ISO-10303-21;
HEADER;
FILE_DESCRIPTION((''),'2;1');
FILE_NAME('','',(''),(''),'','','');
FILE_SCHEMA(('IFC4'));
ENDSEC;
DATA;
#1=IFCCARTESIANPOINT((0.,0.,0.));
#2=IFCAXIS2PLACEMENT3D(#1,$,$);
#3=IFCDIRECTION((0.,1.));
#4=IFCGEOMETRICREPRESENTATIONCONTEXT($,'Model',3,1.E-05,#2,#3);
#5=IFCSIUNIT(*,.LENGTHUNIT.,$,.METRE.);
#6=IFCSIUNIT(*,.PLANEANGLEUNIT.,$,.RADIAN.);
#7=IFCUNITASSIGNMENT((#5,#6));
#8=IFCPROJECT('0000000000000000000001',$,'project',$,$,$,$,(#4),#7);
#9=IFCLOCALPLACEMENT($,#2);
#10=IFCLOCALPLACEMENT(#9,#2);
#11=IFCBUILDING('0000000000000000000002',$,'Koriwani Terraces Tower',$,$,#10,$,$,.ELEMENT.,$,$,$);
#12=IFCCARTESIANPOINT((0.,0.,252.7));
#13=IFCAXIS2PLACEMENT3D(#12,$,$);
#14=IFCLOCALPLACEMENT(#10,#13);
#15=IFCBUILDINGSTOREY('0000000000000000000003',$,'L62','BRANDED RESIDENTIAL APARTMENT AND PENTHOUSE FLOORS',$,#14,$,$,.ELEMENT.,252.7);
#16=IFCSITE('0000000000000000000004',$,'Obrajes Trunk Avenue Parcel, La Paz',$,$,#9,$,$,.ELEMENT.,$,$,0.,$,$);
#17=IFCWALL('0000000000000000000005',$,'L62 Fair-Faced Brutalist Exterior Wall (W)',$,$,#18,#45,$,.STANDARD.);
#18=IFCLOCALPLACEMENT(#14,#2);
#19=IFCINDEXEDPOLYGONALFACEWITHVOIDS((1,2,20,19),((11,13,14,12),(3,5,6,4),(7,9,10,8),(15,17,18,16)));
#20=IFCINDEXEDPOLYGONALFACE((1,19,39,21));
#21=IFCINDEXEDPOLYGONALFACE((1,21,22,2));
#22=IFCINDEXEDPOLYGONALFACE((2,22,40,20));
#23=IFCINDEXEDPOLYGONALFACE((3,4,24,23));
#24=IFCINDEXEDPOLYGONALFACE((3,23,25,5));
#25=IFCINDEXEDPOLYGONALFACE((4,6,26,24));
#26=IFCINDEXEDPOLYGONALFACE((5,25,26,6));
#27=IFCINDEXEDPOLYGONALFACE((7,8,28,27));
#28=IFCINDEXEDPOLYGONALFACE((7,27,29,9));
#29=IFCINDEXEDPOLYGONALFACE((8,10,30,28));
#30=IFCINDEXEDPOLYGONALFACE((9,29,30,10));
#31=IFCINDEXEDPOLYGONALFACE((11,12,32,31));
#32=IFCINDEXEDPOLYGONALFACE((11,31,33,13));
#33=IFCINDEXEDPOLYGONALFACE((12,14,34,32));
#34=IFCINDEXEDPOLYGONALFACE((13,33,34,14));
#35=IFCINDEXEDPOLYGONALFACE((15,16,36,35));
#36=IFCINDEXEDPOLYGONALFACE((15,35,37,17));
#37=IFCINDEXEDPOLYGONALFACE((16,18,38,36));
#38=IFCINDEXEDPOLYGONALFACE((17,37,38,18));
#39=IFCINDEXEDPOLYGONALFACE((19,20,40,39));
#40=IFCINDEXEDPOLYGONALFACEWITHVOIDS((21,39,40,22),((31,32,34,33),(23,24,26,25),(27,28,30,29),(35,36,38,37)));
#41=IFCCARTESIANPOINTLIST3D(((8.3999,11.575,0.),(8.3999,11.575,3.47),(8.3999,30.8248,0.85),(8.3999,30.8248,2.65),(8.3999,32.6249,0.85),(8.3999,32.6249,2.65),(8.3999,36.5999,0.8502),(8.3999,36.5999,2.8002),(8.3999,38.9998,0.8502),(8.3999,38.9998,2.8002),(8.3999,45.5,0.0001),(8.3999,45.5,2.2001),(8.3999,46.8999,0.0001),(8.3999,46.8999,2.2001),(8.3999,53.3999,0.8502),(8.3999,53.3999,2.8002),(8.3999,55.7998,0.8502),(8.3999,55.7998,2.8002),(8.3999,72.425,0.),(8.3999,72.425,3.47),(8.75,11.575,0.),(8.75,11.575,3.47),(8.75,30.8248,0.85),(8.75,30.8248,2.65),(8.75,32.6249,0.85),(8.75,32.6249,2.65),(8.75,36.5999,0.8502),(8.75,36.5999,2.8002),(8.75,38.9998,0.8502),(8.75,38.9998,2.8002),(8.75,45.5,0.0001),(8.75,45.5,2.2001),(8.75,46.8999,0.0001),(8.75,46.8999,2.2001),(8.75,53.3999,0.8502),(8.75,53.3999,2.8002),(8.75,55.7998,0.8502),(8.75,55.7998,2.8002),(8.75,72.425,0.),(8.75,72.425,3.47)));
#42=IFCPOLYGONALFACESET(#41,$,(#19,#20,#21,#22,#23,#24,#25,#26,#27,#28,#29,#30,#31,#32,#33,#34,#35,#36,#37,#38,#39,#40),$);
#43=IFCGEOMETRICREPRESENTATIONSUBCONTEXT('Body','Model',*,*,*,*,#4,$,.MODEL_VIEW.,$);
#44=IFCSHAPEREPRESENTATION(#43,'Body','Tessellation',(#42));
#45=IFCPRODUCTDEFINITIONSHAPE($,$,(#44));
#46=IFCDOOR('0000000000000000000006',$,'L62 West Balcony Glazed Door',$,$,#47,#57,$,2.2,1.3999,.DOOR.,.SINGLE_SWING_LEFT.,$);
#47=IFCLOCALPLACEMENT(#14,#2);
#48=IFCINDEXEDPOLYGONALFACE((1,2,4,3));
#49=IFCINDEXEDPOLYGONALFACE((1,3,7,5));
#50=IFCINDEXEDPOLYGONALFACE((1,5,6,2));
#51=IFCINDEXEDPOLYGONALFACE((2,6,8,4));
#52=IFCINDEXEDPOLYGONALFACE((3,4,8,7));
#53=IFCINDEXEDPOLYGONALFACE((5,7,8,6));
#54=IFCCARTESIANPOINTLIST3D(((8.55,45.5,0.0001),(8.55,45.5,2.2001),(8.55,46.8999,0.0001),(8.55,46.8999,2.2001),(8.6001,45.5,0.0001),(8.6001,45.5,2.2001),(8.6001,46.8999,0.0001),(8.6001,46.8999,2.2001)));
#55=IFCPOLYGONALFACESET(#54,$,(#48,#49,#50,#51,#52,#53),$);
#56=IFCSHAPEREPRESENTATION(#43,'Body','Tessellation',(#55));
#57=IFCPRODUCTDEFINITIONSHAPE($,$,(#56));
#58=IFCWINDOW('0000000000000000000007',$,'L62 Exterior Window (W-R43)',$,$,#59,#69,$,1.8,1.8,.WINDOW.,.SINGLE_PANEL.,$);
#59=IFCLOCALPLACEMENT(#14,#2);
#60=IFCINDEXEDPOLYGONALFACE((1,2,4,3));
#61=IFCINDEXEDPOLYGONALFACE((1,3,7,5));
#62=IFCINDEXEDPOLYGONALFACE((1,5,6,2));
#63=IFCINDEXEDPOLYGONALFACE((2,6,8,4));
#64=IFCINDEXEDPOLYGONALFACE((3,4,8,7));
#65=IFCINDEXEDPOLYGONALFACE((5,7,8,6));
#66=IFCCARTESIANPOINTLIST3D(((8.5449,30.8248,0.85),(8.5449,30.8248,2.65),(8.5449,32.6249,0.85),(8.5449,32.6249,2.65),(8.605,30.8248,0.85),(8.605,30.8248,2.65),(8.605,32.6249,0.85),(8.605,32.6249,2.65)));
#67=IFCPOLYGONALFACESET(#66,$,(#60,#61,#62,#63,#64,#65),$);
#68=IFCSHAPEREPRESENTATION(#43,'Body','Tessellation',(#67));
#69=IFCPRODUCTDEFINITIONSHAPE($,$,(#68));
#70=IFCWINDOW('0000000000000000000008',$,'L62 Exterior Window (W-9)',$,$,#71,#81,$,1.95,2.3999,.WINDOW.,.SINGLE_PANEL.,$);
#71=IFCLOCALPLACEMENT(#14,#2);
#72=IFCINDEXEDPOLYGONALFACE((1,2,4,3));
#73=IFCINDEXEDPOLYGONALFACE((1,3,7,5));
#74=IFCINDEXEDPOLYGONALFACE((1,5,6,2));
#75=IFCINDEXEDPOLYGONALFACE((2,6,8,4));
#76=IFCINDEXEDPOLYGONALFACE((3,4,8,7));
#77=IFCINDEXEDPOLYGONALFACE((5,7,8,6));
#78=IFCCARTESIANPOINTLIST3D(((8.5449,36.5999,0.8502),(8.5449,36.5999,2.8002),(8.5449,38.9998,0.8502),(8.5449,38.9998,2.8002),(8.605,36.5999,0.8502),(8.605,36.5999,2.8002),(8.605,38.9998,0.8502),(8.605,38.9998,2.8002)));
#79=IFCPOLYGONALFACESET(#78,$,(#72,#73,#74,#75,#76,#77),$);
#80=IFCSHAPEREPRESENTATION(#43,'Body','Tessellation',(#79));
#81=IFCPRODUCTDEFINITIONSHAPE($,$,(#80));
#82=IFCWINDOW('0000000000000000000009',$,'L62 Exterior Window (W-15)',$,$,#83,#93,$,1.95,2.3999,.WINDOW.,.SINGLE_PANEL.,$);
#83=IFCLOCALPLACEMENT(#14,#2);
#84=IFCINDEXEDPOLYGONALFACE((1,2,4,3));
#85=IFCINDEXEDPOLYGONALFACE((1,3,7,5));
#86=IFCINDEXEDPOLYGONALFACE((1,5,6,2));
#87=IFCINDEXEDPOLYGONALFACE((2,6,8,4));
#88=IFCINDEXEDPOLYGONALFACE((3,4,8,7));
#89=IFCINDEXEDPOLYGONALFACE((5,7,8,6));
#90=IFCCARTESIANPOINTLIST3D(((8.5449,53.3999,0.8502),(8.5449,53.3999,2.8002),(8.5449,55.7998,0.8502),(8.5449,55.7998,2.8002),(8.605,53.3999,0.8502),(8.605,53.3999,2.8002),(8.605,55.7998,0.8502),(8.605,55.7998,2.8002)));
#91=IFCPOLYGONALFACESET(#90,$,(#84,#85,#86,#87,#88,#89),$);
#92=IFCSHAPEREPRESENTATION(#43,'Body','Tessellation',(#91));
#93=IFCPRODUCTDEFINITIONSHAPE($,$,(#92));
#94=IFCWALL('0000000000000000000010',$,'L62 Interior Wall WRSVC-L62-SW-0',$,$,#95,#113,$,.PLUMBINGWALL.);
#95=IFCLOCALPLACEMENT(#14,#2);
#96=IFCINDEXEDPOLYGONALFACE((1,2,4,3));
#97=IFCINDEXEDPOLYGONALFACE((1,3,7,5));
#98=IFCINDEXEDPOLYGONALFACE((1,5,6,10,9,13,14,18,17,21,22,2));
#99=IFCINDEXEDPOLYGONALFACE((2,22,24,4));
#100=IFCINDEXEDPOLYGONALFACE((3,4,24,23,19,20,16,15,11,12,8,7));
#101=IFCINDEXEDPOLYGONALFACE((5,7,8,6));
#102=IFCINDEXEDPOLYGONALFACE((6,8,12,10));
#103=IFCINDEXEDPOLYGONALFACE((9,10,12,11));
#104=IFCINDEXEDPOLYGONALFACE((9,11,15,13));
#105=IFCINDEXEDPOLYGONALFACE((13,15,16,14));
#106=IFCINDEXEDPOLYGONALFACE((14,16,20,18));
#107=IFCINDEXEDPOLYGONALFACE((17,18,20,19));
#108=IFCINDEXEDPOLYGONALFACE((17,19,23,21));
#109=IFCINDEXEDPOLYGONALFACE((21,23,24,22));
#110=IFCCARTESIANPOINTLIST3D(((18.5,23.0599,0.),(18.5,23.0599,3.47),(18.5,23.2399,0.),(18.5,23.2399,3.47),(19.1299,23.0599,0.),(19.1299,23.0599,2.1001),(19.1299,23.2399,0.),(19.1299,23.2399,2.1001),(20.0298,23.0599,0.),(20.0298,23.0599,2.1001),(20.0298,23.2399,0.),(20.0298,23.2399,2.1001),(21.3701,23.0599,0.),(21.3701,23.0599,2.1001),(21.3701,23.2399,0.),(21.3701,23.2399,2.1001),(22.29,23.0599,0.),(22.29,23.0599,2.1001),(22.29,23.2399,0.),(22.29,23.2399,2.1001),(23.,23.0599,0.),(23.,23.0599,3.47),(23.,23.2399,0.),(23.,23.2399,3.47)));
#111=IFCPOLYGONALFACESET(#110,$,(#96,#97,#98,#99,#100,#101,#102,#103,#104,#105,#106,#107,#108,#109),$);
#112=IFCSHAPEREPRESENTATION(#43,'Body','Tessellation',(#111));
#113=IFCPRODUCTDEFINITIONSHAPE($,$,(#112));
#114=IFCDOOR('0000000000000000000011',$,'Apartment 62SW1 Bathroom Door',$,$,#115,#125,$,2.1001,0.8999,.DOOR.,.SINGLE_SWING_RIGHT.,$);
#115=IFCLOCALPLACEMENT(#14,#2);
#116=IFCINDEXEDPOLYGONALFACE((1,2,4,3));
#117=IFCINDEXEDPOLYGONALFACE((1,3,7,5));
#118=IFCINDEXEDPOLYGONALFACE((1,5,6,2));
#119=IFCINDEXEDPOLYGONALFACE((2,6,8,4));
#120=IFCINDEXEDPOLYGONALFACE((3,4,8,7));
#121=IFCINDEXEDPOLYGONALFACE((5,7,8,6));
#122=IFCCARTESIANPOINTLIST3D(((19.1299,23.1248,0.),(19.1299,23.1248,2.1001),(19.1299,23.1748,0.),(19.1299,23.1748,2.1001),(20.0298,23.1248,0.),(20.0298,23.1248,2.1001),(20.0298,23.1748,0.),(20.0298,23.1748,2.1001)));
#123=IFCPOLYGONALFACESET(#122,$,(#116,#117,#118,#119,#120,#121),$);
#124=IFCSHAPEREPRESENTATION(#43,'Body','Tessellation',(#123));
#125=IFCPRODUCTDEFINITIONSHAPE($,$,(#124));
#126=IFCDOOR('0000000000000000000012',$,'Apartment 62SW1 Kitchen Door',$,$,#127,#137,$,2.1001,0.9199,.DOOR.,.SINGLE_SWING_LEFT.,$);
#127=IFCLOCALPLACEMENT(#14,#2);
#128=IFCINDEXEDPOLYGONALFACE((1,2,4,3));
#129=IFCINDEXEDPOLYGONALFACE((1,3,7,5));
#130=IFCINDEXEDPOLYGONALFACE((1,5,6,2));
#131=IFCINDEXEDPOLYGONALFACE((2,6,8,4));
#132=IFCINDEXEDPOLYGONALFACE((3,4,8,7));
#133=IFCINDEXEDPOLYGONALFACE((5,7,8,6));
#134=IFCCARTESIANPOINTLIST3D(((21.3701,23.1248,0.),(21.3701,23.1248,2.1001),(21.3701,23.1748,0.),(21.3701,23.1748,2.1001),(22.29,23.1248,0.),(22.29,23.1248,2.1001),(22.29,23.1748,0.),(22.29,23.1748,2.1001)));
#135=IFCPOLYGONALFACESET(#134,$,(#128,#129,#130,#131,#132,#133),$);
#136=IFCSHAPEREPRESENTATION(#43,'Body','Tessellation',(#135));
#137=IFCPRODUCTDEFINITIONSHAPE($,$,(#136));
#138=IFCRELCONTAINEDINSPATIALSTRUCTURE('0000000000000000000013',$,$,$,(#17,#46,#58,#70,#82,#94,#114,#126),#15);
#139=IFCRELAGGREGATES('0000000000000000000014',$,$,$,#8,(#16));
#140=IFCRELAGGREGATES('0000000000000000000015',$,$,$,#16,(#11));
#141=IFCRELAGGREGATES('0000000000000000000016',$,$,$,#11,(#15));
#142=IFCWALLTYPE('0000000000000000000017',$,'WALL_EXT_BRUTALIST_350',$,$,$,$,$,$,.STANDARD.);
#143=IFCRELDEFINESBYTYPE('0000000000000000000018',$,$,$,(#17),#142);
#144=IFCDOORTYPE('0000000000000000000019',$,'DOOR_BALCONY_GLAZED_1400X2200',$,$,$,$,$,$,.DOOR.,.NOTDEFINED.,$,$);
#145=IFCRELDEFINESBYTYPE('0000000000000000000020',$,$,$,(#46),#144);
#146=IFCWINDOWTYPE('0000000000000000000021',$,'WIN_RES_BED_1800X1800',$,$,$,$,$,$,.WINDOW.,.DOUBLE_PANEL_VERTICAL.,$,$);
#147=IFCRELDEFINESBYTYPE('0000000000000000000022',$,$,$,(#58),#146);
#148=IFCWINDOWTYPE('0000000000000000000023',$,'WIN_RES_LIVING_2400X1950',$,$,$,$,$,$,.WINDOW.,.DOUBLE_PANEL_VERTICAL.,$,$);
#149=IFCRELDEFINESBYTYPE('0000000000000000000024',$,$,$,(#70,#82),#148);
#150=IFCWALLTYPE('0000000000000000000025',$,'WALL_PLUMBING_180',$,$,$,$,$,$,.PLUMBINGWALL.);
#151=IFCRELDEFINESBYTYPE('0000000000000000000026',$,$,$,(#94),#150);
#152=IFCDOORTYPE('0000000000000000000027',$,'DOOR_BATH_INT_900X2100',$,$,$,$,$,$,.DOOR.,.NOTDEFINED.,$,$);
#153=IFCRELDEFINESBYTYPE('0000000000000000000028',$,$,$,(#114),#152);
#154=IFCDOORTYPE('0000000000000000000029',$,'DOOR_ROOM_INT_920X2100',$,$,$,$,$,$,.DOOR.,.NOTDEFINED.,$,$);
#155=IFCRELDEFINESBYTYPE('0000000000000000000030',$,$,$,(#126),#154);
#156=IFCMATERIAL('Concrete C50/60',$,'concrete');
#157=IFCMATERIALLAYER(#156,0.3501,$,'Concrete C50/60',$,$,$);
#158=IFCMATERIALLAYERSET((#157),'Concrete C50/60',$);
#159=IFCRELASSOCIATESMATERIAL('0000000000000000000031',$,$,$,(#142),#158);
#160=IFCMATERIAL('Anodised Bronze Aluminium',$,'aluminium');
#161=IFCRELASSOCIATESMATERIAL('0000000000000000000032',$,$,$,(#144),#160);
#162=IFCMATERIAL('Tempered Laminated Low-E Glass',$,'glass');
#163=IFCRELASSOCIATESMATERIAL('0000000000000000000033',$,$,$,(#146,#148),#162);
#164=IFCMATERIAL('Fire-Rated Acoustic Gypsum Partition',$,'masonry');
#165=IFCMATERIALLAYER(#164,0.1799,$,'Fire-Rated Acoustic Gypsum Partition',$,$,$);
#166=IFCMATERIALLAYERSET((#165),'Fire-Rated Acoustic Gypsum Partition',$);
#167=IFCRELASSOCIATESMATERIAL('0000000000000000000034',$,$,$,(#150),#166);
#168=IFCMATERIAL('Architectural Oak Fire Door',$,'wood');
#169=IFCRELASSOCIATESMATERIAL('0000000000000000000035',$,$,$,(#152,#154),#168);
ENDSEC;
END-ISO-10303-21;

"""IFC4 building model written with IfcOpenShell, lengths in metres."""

from ifc_helpers import new_model, si_unit, direction, frame, frame_2d, origin, place, context, subcontext, project, spatial, rectangle, extrude, material, layer, layer_set, type_object, element, fill, save


model = new_model("IFC4")

# Units and contexts
model_context = context("Model", 3, precision=1e-05, world=origin(), true_north=direction((0.0, 1.0)))
body_context = subcontext(model_context, "Body", "Model", "MODEL_VIEW")
ifc_project = project(units=[si_unit("LENGTHUNIT", "METRE"), si_unit("PLANEANGLEUNIT", "RADIAN")], contexts=[model_context])

# Site, building, storey
site_placement = place(None, origin())
site = spatial("IfcSite", under=ifc_project, at=site_placement, Name="Obrajes Trunk Avenue Parcel, La Paz", CompositionType="ELEMENT", RefElevation=0.0)
building_placement = place(site_placement, origin())
building = spatial("IfcBuilding", under=site, at=building_placement, Name="Koriwani Terraces Tower", CompositionType="ELEMENT")
storey_placement = place(building_placement, frame((0.0, 0.0, 252.7)))
storey = spatial("IfcBuildingStorey", under=building, at=storey_placement, Name="L62", Description="BRANDED RESIDENTIAL APARTMENT AND PENTHOUSE FLOORS", CompositionType="ELEMENT", Elevation=252.7)

# Shared definitions
ifc_material_1 = material(Name="Concrete C50/60", Category="concrete")

# Shared definitions
ifc_layer_1 = layer(ifc_material_1, 0.3501, Name="Concrete C50/60")
ifc_layer_set_1 = layer_set([ifc_layer_1], Name="Concrete C50/60")
wall_type_1 = type_object("IfcWallType", Name="WALL_EXT_BRUTALIST_350", PredefinedType="STANDARD", material=ifc_layer_set_1)

# Wall, openings, door, windows
wall_1_placement = place(storey_placement, frame((8.575, 11.575, 0.0), z_axis=(0.0, 0.0, 1.0), x_axis=(0.0, 1.0, 0.0)))
wall_1 = element("IfcWall", 1, at=wall_1_placement, inside=storey, type_object=wall_type_1, Name="L62 Fair-Faced Brutalist Exterior Wall (W)", PredefinedType="STANDARD", context=body_context, shape_type="SweptSolid", body=[
    extrude(rectangle(XDim=60.8501, YDim=0.3501, at=frame_2d((30.425, 0.0))), origin(), (0.0, 0.0, 1.0), 3.47),
])
opening_1_placement = place(wall_1_placement, frame((33.925, 0.0, 0.0)))
opening_1 = element("IfcOpeningElement", 2, at=opening_1_placement, cuts=wall_1, PredefinedType="OPENING", context=body_context, shape_type="SweptSolid", body=[
    extrude(rectangle(XDim=1.3999, YDim=2.2, at=frame_2d((0.7, 1.1001))), frame((0.0, 0.1851, 0.0), z_axis=(0.0, -1.0, 0.0), x_axis=(1.0, 0.0, 0.0)), (0.0, 0.0, 1.0), 0.3701),
])
opening_2_placement = place(wall_1_placement, frame((25.0249, 0.0, 0.8501)))
opening_2 = element("IfcOpeningElement", 3, at=opening_2_placement, cuts=wall_1, PredefinedType="OPENING", context=body_context, shape_type="SweptSolid", body=[
    extrude(rectangle(XDim=2.3999, YDim=1.95, at=frame_2d((1.2, 0.9751))), frame((0.0, 0.1851, 0.0), z_axis=(0.0, -1.0, 0.0), x_axis=(1.0, 0.0, 0.0)), (0.0, 0.0, 1.0), 0.3701),
])
opening_3_placement = place(wall_1_placement, frame((41.825, 0.0, 0.8501)))
opening_3 = element("IfcOpeningElement", 4, at=opening_3_placement, cuts=wall_1, PredefinedType="OPENING", context=body_context, shape_type="SweptSolid", body=[
    extrude(rectangle(XDim=2.3999, YDim=1.95, at=frame_2d((1.2, 0.9751))), frame((0.0, 0.1851, 0.0), z_axis=(0.0, -1.0, 0.0), x_axis=(1.0, 0.0, 0.0)), (0.0, 0.0, 1.0), 0.3701),
])
opening_4_placement = place(wall_1_placement, frame((19.25, 0.0, 0.8501)))
opening_4 = element("IfcOpeningElement", 5, at=opening_4_placement, cuts=wall_1, PredefinedType="OPENING", context=body_context, shape_type="SweptSolid", body=[
    extrude(rectangle(XDim=1.8, YDim=1.8, at=frame_2d((0.8999, 0.8999))), frame((0.0, 0.1851, 0.0), z_axis=(0.0, -1.0, 0.0), x_axis=(1.0, 0.0, 0.0)), (0.0, 0.0, 1.0), 0.3701),
])
ifc_material_2 = material(Name="Anodised Bronze Aluminium", Category="aluminium")
door_type_1 = type_object("IfcDoorType", Name="DOOR_BALCONY_GLAZED_1400X2200", OperationType="NOTDEFINED", PredefinedType="DOOR", material=ifc_material_2)
door_1_placement = place(opening_1_placement, origin())
door_1 = element("IfcDoor", 6, at=door_1_placement, inside=storey, type_object=door_type_1, Name="L62 West Balcony Glazed Door", OperationType="SINGLE_SWING_LEFT", OverallHeight=2.2, OverallWidth=1.3999, PredefinedType="DOOR", context=body_context, shape_type="SweptSolid", body=[
    extrude(rectangle(XDim=1.3999, YDim=2.2, at=frame_2d((0.7, 1.1001))), frame((0.0, 0.0249, 0.0), z_axis=(0.0, -1.0, 0.0), x_axis=(1.0, 0.0, 0.0)), (0.0, 0.0, 1.0), 0.05),
])
fill(opening_1, door_1)
ifc_material_3 = material(Name="Tempered Laminated Low-E Glass", Category="glass")
window_type_1 = type_object("IfcWindowType", Name="WIN_RES_BED_1800X1800", PartitioningType="DOUBLE_PANEL_VERTICAL", PredefinedType="WINDOW", material=ifc_material_3)
window_1_placement = place(opening_4_placement, origin())
window_1 = element("IfcWindow", 7, at=window_1_placement, inside=storey, type_object=window_type_1, Name="L62 Exterior Window (W-R43)", OverallHeight=1.8, OverallWidth=1.8, PartitioningType="SINGLE_PANEL", PredefinedType="WINDOW", context=body_context, shape_type="SweptSolid", body=[
    extrude(rectangle(XDim=1.8, YDim=1.8, at=frame_2d((0.8999, 0.8999))), frame((0.0, 0.03, 0.0), z_axis=(0.0, -1.0, 0.0), x_axis=(1.0, 0.0, 0.0)), (0.0, 0.0, 1.0), 0.0601),
])
fill(opening_4, window_1)
window_type_2 = type_object("IfcWindowType", Name="WIN_RES_LIVING_2400X1950", PartitioningType="DOUBLE_PANEL_VERTICAL", PredefinedType="WINDOW", material=ifc_material_3)
window_2_placement = place(opening_2_placement, origin())
window_2 = element("IfcWindow", 8, at=window_2_placement, inside=storey, type_object=window_type_2, Name="L62 Exterior Window (W-9)", OverallHeight=1.95, OverallWidth=2.3999, PartitioningType="SINGLE_PANEL", PredefinedType="WINDOW", context=body_context, shape_type="SweptSolid", body=[
    extrude(rectangle(XDim=2.3999, YDim=1.95, at=frame_2d((1.2, 0.9751))), frame((0.0, 0.03, 0.0), z_axis=(0.0, -1.0, 0.0), x_axis=(1.0, 0.0, 0.0)), (0.0, 0.0, 1.0), 0.0601),
])
fill(opening_2, window_2)
window_3_placement = place(opening_3_placement, origin())
window_3 = element("IfcWindow", 9, at=window_3_placement, inside=storey, type_object=window_type_2, Name="L62 Exterior Window (W-15)", OverallHeight=1.95, OverallWidth=2.3999, PartitioningType="SINGLE_PANEL", PredefinedType="WINDOW", context=body_context, shape_type="SweptSolid", body=[
    extrude(rectangle(XDim=2.3999, YDim=1.95, at=frame_2d((1.2, 0.9751))), frame((0.0, 0.03, 0.0), z_axis=(0.0, -1.0, 0.0), x_axis=(1.0, 0.0, 0.0)), (0.0, 0.0, 1.0), 0.0601),
])
fill(opening_3, window_3)

# Wall, openings, doors
ifc_material_4 = material(Name="Fire-Rated Acoustic Gypsum Partition", Category="masonry")
ifc_layer_2 = layer(ifc_material_4, 0.1799, Name="Fire-Rated Acoustic Gypsum Partition")
ifc_layer_set_2 = layer_set([ifc_layer_2], Name="Fire-Rated Acoustic Gypsum Partition")
wall_type_2 = type_object("IfcWallType", Name="WALL_PLUMBING_180", PredefinedType="PLUMBINGWALL", material=ifc_layer_set_2)
wall_2_placement = place(storey_placement, frame((18.5, 23.1499, 0.0), z_axis=(0.0, 0.0, 1.0), x_axis=(1.0, 0.0, 0.0)))
wall_2 = element("IfcWall", 10, at=wall_2_placement, inside=storey, type_object=wall_type_2, Name="L62 Interior Wall WRSVC-L62-SW-0", PredefinedType="PLUMBINGWALL", context=body_context, shape_type="SweptSolid", body=[
    extrude(rectangle(XDim=4.5, YDim=0.1799, at=frame_2d((2.25, 0.0))), origin(), (0.0, 0.0, 1.0), 3.47),
])
opening_5_placement = place(wall_2_placement, frame((0.6299, 0.0, 0.0)))
opening_5 = element("IfcOpeningElement", 11, at=opening_5_placement, cuts=wall_2, PredefinedType="OPENING", context=body_context, shape_type="SweptSolid", body=[
    extrude(rectangle(XDim=0.8999, YDim=2.1001, at=frame_2d((0.45, 1.05))), frame((0.0, 0.1001, 0.0), z_axis=(0.0, -1.0, 0.0), x_axis=(1.0, 0.0, 0.0)), (0.0, 0.0, 1.0), 0.2),
])
opening_6_placement = place(wall_2_placement, frame((2.8701, 0.0, 0.0)))
opening_6 = element("IfcOpeningElement", 12, at=opening_6_placement, cuts=wall_2, PredefinedType="OPENING", context=body_context, shape_type="SweptSolid", body=[
    extrude(rectangle(XDim=0.9199, YDim=2.1001, at=frame_2d((0.46, 1.05))), frame((0.0, 0.1001, 0.0), z_axis=(0.0, -1.0, 0.0), x_axis=(1.0, 0.0, 0.0)), (0.0, 0.0, 1.0), 0.2),
])
ifc_material_5 = material(Name="Architectural Oak Fire Door", Category="wood")
door_type_2 = type_object("IfcDoorType", Name="DOOR_BATH_INT_900X2100", OperationType="NOTDEFINED", PredefinedType="DOOR", material=ifc_material_5)
door_2_placement = place(opening_5_placement, origin())
door_2 = element("IfcDoor", 13, at=door_2_placement, inside=storey, type_object=door_type_2, Name="Apartment 62SW1 Bathroom Door", OperationType="SINGLE_SWING_RIGHT", OverallHeight=2.1001, OverallWidth=0.8999, PredefinedType="DOOR", context=body_context, shape_type="SweptSolid", body=[
    extrude(rectangle(XDim=0.8999, YDim=2.1001, at=frame_2d((0.45, 1.05))), frame((0.0, 0.0249, 0.0), z_axis=(0.0, -1.0, 0.0), x_axis=(1.0, 0.0, 0.0)), (0.0, 0.0, 1.0), 0.05),
])
fill(opening_5, door_2)
door_type_3 = type_object("IfcDoorType", Name="DOOR_ROOM_INT_920X2100", OperationType="NOTDEFINED", PredefinedType="DOOR", material=ifc_material_5)
door_3_placement = place(opening_6_placement, origin())
door_3 = element("IfcDoor", 14, at=door_3_placement, inside=storey, type_object=door_type_3, Name="Apartment 62SW1 Kitchen Door", OperationType="SINGLE_SWING_LEFT", OverallHeight=2.1001, OverallWidth=0.9199, PredefinedType="DOOR", context=body_context, shape_type="SweptSolid", body=[
    extrude(rectangle(XDim=0.9199, YDim=2.1001, at=frame_2d((0.46, 1.05))), frame((0.0, 0.0249, 0.0), z_axis=(0.0, -1.0, 0.0), x_axis=(1.0, 0.0, 0.0)), (0.0, 0.0, 1.0), 0.05),
])
fill(opening_6, door_3)

save(model, "model.ifc")
